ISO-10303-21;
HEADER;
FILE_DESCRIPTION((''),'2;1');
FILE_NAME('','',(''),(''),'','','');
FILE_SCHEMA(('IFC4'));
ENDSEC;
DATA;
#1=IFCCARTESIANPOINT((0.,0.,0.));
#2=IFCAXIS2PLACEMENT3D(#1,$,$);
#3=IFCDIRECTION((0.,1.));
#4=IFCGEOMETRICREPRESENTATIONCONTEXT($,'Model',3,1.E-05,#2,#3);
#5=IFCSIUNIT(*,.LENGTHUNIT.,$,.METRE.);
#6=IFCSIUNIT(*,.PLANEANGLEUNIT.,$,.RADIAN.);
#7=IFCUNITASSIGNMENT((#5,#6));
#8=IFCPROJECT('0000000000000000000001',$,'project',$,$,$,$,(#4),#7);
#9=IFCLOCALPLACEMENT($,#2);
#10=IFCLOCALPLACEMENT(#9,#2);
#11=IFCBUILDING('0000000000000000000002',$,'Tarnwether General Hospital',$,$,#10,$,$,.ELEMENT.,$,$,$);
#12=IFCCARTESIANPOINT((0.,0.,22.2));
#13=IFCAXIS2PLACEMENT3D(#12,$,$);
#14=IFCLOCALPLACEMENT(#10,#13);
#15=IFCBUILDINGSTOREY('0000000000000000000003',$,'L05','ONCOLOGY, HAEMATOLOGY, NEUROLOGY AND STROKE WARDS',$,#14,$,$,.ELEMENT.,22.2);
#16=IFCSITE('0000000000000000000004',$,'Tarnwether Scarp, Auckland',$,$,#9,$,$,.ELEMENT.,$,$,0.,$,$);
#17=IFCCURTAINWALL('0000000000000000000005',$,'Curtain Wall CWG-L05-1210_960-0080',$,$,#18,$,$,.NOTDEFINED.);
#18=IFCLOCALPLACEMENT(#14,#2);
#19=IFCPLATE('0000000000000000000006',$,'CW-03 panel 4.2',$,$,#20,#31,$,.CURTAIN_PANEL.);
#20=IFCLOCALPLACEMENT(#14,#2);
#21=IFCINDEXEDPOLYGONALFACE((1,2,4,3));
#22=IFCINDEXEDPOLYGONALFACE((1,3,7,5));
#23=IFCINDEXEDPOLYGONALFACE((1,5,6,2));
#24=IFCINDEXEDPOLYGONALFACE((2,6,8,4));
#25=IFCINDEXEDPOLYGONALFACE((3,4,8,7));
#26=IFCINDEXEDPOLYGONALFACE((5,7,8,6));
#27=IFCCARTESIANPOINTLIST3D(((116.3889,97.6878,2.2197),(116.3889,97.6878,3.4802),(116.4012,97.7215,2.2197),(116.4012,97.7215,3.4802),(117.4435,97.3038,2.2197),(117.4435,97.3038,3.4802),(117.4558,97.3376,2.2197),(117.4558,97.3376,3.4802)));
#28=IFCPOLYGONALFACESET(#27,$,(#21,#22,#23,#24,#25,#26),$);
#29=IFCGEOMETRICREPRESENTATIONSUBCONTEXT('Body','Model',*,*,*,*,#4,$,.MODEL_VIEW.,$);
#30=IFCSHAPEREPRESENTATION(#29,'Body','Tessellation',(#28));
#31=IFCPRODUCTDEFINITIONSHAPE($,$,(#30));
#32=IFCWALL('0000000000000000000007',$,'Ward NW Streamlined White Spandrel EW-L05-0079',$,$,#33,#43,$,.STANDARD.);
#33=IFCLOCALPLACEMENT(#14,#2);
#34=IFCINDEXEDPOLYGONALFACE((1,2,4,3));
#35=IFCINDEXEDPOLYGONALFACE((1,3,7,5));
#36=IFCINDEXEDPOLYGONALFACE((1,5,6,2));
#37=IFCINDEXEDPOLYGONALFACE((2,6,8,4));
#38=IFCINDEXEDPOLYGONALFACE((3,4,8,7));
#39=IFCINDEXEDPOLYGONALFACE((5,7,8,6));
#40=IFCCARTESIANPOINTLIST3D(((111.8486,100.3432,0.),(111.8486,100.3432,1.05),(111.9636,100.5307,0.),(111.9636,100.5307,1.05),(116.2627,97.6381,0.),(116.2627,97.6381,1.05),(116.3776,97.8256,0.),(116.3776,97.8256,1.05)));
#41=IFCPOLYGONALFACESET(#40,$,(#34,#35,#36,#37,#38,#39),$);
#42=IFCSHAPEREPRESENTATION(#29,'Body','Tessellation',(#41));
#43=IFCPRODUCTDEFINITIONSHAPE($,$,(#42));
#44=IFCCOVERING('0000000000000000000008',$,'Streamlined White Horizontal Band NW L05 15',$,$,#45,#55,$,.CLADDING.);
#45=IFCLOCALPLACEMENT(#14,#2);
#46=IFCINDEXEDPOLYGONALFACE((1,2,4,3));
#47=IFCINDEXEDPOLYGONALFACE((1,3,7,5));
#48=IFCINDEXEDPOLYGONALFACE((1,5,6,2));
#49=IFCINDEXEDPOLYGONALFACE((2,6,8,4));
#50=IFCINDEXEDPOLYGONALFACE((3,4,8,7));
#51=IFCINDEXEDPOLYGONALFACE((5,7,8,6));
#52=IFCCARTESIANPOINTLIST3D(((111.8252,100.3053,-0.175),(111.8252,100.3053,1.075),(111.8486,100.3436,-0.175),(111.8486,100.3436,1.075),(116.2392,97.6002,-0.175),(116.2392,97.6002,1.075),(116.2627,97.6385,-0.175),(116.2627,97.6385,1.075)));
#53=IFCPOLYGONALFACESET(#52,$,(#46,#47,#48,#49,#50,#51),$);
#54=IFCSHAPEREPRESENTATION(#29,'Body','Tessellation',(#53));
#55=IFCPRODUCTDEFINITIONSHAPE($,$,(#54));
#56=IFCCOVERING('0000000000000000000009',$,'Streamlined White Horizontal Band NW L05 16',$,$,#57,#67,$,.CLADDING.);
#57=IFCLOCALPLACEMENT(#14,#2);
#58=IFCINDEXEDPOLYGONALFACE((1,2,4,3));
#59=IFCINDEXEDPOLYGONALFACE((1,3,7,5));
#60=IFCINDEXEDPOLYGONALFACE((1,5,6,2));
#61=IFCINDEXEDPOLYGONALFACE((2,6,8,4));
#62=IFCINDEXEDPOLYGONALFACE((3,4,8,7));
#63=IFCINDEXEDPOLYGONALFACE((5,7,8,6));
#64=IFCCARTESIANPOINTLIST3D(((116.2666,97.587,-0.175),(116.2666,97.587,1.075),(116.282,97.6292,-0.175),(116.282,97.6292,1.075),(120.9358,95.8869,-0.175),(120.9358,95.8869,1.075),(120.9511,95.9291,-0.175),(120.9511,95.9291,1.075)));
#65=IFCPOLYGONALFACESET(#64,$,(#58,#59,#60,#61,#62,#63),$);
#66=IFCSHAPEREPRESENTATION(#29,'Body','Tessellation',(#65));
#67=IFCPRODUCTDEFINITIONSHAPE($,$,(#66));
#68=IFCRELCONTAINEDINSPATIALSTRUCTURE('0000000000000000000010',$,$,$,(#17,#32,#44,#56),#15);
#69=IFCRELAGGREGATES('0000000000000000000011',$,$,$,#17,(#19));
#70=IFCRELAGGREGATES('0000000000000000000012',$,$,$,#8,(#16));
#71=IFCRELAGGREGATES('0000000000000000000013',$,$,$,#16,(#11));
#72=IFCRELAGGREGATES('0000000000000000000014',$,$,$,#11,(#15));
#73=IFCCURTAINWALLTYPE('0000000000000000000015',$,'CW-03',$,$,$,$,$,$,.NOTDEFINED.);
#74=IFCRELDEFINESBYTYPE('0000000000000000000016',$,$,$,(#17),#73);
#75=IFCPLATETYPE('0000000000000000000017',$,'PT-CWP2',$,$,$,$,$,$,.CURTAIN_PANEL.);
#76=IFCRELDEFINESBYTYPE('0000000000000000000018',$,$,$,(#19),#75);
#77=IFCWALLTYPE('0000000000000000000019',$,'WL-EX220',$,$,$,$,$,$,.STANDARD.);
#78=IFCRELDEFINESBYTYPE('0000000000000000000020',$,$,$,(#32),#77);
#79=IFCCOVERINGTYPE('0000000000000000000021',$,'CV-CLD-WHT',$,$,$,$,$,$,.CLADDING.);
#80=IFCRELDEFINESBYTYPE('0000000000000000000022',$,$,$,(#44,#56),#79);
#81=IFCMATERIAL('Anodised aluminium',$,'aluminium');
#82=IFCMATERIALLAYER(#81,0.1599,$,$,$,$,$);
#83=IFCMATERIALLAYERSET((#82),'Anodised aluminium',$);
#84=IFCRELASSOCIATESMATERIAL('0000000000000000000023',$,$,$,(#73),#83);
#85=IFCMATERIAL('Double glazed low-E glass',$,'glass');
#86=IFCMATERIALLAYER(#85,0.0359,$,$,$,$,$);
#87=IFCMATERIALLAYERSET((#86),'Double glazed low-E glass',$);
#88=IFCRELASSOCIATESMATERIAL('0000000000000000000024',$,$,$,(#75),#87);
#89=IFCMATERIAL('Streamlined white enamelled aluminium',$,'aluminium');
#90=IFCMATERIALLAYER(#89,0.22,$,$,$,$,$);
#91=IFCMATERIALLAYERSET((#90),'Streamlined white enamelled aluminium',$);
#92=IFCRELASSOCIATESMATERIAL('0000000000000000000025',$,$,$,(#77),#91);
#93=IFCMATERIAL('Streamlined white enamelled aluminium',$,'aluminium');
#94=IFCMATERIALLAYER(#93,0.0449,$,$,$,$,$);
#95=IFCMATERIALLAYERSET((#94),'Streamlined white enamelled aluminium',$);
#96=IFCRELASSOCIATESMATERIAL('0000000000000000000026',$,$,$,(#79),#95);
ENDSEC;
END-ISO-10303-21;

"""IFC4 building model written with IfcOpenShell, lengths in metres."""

from ifc_helpers import new_model, si_unit, direction, frame, frame_2d, origin, origin_2d, place, context, subcontext, project, spatial, rectangle, extrude, material, layer, layer_set, type_object, element, aggregate, save


model = new_model("IFC4")

# Units and contexts
model_context = context("Model", 3, precision=1e-05, world=origin(), true_north=direction((0.0, 1.0)))
body_context = subcontext(model_context, "Body", "Model", "MODEL_VIEW")
ifc_project = project(units=[si_unit("LENGTHUNIT", "METRE"), si_unit("PLANEANGLEUNIT", "RADIAN")], contexts=[model_context])

# Site, building, storey
site_placement = place(None, origin())
site = spatial("IfcSite", under=ifc_project, at=site_placement, Name="Tarnwether Scarp, Auckland", CompositionType="ELEMENT", RefElevation=0.0)
building_placement = place(site_placement, origin())
building = spatial("IfcBuilding", under=site, at=building_placement, Name="Tarnwether General Hospital", CompositionType="ELEMENT")
storey_placement = place(building_placement, frame((0.0, 0.0, 22.2)))
storey = spatial("IfcBuildingStorey", under=building, at=storey_placement, Name="L05", Description="ONCOLOGY, HAEMATOLOGY, NEUROLOGY AND STROKE WARDS", CompositionType="ELEMENT", Elevation=22.2)

# Curtain wall
ifc_material_1 = material(Name="Anodised aluminium", Category="aluminium")
ifc_layer_1 = layer(ifc_material_1, 0.1599)
ifc_layer_set_1 = layer_set([ifc_layer_1], Name="Anodised aluminium")
curtain_wall_type = type_object("IfcCurtainWallType", Name="CW-03", PredefinedType="NOTDEFINED", material=ifc_layer_set_1)
curtain_wall_1_placement = place(storey_placement, origin())
curtain_wall_1 = element("IfcCurtainWall", 1, at=curtain_wall_1_placement, inside=storey, type_object=curtain_wall_type, Name="Curtain Wall CWG-L05-1210_960-0080", PredefinedType="NOTDEFINED")

# Plate
ifc_material_2 = material(Name="Double glazed low-E glass", Category="glass")
ifc_layer_2 = layer(ifc_material_2, 0.0359)
ifc_layer_set_2 = layer_set([ifc_layer_2], Name="Double glazed low-E glass")
plate_type_1 = type_object("IfcPlateType", Name="PT-CWP2", PredefinedType="CURTAIN_PANEL", material=ifc_layer_set_2)
plate_1_placement = place(storey_placement, frame((116.9224, 97.5127, 2.2197), z_axis=(0.0, 0.0, 1.0), x_axis=(-0.939652, 0.342131, 0.0)))
plate_1 = element("IfcPlate", 2, at=plate_1_placement, type_object=plate_type_1, Name="CW-03 panel 4.2", PredefinedType="CURTAIN_PANEL", context=body_context, shape_type="SweptSolid", body=[
    extrude(rectangle(XDim=1.1223, YDim=0.0359, at=origin_2d()), origin(), (0.0, 0.0, 1.0), 1.2605),
])
aggregate(curtain_wall_1, [plate_1])

# Wall
ifc_material_3 = material(Name="Streamlined white enamelled aluminium", Category="aluminium")
ifc_layer_3 = layer(ifc_material_3, 0.22)
ifc_layer_set_3 = layer_set([ifc_layer_3], Name="Streamlined white enamelled aluminium")
wall_type = type_object("IfcWallType", Name="WL-EX220", PredefinedType="STANDARD", material=ifc_layer_set_3)
wall_placement = place(storey_placement, frame((116.3201, 97.7319, 0.0), z_axis=(0.0, 0.0, 1.0), x_axis=(-0.852628, 0.522518, 0.0)))
element("IfcWall", 3, at=wall_placement, inside=storey, type_object=wall_type, Name="Ward NW Streamlined White Spandrel EW-L05-0079", PredefinedType="STANDARD", context=body_context, shape_type="SweptSolid", body=[
    extrude(rectangle(XDim=5.177, YDim=0.22, at=frame_2d((2.5884, 0.0))), origin(), (0.0, 0.0, 1.0), 1.05),
])

# Coverings
ifc_material_4 = material(Name="Streamlined white enamelled aluminium", Category="aluminium")
ifc_layer_4 = layer(ifc_material_4, 0.0449)
ifc_layer_set_4 = layer_set([ifc_layer_4], Name="Streamlined white enamelled aluminium")
covering_type = type_object("IfcCoveringType", Name="CV-CLD-WHT", PredefinedType="CLADDING", material=ifc_layer_set_4)
covering_1_placement = place(storey_placement, frame((114.0439, 98.9719, -0.175), z_axis=(0.0, 0.0, 1.0), x_axis=(-0.852631, 0.522513, 0.0)))
element("IfcCovering", 4, at=covering_1_placement, inside=storey, type_object=covering_type, Name="Streamlined White Horizontal Band NW L05 15", PredefinedType="CLADDING", context=body_context, shape_type="SweptSolid", body=[
    extrude(rectangle(XDim=5.177, YDim=0.0449, at=origin_2d()), origin(), (0.0, 0.0, 1.0), 1.25),
])
covering_2_placement = place(storey_placement, frame((118.6089, 96.7581, -0.175), z_axis=(0.0, 0.0, 1.0), x_axis=(-0.939651, 0.342135, 0.0)))
element("IfcCovering", 5, at=covering_2_placement, inside=storey, type_object=covering_type, Name="Streamlined White Horizontal Band NW L05 16", PredefinedType="CLADDING", context=body_context, shape_type="SweptSolid", body=[
    extrude(rectangle(XDim=4.969, YDim=0.0449, at=origin_2d()), origin(), (0.0, 0.0, 1.0), 1.25),
])

save(model, "model.ifc")
